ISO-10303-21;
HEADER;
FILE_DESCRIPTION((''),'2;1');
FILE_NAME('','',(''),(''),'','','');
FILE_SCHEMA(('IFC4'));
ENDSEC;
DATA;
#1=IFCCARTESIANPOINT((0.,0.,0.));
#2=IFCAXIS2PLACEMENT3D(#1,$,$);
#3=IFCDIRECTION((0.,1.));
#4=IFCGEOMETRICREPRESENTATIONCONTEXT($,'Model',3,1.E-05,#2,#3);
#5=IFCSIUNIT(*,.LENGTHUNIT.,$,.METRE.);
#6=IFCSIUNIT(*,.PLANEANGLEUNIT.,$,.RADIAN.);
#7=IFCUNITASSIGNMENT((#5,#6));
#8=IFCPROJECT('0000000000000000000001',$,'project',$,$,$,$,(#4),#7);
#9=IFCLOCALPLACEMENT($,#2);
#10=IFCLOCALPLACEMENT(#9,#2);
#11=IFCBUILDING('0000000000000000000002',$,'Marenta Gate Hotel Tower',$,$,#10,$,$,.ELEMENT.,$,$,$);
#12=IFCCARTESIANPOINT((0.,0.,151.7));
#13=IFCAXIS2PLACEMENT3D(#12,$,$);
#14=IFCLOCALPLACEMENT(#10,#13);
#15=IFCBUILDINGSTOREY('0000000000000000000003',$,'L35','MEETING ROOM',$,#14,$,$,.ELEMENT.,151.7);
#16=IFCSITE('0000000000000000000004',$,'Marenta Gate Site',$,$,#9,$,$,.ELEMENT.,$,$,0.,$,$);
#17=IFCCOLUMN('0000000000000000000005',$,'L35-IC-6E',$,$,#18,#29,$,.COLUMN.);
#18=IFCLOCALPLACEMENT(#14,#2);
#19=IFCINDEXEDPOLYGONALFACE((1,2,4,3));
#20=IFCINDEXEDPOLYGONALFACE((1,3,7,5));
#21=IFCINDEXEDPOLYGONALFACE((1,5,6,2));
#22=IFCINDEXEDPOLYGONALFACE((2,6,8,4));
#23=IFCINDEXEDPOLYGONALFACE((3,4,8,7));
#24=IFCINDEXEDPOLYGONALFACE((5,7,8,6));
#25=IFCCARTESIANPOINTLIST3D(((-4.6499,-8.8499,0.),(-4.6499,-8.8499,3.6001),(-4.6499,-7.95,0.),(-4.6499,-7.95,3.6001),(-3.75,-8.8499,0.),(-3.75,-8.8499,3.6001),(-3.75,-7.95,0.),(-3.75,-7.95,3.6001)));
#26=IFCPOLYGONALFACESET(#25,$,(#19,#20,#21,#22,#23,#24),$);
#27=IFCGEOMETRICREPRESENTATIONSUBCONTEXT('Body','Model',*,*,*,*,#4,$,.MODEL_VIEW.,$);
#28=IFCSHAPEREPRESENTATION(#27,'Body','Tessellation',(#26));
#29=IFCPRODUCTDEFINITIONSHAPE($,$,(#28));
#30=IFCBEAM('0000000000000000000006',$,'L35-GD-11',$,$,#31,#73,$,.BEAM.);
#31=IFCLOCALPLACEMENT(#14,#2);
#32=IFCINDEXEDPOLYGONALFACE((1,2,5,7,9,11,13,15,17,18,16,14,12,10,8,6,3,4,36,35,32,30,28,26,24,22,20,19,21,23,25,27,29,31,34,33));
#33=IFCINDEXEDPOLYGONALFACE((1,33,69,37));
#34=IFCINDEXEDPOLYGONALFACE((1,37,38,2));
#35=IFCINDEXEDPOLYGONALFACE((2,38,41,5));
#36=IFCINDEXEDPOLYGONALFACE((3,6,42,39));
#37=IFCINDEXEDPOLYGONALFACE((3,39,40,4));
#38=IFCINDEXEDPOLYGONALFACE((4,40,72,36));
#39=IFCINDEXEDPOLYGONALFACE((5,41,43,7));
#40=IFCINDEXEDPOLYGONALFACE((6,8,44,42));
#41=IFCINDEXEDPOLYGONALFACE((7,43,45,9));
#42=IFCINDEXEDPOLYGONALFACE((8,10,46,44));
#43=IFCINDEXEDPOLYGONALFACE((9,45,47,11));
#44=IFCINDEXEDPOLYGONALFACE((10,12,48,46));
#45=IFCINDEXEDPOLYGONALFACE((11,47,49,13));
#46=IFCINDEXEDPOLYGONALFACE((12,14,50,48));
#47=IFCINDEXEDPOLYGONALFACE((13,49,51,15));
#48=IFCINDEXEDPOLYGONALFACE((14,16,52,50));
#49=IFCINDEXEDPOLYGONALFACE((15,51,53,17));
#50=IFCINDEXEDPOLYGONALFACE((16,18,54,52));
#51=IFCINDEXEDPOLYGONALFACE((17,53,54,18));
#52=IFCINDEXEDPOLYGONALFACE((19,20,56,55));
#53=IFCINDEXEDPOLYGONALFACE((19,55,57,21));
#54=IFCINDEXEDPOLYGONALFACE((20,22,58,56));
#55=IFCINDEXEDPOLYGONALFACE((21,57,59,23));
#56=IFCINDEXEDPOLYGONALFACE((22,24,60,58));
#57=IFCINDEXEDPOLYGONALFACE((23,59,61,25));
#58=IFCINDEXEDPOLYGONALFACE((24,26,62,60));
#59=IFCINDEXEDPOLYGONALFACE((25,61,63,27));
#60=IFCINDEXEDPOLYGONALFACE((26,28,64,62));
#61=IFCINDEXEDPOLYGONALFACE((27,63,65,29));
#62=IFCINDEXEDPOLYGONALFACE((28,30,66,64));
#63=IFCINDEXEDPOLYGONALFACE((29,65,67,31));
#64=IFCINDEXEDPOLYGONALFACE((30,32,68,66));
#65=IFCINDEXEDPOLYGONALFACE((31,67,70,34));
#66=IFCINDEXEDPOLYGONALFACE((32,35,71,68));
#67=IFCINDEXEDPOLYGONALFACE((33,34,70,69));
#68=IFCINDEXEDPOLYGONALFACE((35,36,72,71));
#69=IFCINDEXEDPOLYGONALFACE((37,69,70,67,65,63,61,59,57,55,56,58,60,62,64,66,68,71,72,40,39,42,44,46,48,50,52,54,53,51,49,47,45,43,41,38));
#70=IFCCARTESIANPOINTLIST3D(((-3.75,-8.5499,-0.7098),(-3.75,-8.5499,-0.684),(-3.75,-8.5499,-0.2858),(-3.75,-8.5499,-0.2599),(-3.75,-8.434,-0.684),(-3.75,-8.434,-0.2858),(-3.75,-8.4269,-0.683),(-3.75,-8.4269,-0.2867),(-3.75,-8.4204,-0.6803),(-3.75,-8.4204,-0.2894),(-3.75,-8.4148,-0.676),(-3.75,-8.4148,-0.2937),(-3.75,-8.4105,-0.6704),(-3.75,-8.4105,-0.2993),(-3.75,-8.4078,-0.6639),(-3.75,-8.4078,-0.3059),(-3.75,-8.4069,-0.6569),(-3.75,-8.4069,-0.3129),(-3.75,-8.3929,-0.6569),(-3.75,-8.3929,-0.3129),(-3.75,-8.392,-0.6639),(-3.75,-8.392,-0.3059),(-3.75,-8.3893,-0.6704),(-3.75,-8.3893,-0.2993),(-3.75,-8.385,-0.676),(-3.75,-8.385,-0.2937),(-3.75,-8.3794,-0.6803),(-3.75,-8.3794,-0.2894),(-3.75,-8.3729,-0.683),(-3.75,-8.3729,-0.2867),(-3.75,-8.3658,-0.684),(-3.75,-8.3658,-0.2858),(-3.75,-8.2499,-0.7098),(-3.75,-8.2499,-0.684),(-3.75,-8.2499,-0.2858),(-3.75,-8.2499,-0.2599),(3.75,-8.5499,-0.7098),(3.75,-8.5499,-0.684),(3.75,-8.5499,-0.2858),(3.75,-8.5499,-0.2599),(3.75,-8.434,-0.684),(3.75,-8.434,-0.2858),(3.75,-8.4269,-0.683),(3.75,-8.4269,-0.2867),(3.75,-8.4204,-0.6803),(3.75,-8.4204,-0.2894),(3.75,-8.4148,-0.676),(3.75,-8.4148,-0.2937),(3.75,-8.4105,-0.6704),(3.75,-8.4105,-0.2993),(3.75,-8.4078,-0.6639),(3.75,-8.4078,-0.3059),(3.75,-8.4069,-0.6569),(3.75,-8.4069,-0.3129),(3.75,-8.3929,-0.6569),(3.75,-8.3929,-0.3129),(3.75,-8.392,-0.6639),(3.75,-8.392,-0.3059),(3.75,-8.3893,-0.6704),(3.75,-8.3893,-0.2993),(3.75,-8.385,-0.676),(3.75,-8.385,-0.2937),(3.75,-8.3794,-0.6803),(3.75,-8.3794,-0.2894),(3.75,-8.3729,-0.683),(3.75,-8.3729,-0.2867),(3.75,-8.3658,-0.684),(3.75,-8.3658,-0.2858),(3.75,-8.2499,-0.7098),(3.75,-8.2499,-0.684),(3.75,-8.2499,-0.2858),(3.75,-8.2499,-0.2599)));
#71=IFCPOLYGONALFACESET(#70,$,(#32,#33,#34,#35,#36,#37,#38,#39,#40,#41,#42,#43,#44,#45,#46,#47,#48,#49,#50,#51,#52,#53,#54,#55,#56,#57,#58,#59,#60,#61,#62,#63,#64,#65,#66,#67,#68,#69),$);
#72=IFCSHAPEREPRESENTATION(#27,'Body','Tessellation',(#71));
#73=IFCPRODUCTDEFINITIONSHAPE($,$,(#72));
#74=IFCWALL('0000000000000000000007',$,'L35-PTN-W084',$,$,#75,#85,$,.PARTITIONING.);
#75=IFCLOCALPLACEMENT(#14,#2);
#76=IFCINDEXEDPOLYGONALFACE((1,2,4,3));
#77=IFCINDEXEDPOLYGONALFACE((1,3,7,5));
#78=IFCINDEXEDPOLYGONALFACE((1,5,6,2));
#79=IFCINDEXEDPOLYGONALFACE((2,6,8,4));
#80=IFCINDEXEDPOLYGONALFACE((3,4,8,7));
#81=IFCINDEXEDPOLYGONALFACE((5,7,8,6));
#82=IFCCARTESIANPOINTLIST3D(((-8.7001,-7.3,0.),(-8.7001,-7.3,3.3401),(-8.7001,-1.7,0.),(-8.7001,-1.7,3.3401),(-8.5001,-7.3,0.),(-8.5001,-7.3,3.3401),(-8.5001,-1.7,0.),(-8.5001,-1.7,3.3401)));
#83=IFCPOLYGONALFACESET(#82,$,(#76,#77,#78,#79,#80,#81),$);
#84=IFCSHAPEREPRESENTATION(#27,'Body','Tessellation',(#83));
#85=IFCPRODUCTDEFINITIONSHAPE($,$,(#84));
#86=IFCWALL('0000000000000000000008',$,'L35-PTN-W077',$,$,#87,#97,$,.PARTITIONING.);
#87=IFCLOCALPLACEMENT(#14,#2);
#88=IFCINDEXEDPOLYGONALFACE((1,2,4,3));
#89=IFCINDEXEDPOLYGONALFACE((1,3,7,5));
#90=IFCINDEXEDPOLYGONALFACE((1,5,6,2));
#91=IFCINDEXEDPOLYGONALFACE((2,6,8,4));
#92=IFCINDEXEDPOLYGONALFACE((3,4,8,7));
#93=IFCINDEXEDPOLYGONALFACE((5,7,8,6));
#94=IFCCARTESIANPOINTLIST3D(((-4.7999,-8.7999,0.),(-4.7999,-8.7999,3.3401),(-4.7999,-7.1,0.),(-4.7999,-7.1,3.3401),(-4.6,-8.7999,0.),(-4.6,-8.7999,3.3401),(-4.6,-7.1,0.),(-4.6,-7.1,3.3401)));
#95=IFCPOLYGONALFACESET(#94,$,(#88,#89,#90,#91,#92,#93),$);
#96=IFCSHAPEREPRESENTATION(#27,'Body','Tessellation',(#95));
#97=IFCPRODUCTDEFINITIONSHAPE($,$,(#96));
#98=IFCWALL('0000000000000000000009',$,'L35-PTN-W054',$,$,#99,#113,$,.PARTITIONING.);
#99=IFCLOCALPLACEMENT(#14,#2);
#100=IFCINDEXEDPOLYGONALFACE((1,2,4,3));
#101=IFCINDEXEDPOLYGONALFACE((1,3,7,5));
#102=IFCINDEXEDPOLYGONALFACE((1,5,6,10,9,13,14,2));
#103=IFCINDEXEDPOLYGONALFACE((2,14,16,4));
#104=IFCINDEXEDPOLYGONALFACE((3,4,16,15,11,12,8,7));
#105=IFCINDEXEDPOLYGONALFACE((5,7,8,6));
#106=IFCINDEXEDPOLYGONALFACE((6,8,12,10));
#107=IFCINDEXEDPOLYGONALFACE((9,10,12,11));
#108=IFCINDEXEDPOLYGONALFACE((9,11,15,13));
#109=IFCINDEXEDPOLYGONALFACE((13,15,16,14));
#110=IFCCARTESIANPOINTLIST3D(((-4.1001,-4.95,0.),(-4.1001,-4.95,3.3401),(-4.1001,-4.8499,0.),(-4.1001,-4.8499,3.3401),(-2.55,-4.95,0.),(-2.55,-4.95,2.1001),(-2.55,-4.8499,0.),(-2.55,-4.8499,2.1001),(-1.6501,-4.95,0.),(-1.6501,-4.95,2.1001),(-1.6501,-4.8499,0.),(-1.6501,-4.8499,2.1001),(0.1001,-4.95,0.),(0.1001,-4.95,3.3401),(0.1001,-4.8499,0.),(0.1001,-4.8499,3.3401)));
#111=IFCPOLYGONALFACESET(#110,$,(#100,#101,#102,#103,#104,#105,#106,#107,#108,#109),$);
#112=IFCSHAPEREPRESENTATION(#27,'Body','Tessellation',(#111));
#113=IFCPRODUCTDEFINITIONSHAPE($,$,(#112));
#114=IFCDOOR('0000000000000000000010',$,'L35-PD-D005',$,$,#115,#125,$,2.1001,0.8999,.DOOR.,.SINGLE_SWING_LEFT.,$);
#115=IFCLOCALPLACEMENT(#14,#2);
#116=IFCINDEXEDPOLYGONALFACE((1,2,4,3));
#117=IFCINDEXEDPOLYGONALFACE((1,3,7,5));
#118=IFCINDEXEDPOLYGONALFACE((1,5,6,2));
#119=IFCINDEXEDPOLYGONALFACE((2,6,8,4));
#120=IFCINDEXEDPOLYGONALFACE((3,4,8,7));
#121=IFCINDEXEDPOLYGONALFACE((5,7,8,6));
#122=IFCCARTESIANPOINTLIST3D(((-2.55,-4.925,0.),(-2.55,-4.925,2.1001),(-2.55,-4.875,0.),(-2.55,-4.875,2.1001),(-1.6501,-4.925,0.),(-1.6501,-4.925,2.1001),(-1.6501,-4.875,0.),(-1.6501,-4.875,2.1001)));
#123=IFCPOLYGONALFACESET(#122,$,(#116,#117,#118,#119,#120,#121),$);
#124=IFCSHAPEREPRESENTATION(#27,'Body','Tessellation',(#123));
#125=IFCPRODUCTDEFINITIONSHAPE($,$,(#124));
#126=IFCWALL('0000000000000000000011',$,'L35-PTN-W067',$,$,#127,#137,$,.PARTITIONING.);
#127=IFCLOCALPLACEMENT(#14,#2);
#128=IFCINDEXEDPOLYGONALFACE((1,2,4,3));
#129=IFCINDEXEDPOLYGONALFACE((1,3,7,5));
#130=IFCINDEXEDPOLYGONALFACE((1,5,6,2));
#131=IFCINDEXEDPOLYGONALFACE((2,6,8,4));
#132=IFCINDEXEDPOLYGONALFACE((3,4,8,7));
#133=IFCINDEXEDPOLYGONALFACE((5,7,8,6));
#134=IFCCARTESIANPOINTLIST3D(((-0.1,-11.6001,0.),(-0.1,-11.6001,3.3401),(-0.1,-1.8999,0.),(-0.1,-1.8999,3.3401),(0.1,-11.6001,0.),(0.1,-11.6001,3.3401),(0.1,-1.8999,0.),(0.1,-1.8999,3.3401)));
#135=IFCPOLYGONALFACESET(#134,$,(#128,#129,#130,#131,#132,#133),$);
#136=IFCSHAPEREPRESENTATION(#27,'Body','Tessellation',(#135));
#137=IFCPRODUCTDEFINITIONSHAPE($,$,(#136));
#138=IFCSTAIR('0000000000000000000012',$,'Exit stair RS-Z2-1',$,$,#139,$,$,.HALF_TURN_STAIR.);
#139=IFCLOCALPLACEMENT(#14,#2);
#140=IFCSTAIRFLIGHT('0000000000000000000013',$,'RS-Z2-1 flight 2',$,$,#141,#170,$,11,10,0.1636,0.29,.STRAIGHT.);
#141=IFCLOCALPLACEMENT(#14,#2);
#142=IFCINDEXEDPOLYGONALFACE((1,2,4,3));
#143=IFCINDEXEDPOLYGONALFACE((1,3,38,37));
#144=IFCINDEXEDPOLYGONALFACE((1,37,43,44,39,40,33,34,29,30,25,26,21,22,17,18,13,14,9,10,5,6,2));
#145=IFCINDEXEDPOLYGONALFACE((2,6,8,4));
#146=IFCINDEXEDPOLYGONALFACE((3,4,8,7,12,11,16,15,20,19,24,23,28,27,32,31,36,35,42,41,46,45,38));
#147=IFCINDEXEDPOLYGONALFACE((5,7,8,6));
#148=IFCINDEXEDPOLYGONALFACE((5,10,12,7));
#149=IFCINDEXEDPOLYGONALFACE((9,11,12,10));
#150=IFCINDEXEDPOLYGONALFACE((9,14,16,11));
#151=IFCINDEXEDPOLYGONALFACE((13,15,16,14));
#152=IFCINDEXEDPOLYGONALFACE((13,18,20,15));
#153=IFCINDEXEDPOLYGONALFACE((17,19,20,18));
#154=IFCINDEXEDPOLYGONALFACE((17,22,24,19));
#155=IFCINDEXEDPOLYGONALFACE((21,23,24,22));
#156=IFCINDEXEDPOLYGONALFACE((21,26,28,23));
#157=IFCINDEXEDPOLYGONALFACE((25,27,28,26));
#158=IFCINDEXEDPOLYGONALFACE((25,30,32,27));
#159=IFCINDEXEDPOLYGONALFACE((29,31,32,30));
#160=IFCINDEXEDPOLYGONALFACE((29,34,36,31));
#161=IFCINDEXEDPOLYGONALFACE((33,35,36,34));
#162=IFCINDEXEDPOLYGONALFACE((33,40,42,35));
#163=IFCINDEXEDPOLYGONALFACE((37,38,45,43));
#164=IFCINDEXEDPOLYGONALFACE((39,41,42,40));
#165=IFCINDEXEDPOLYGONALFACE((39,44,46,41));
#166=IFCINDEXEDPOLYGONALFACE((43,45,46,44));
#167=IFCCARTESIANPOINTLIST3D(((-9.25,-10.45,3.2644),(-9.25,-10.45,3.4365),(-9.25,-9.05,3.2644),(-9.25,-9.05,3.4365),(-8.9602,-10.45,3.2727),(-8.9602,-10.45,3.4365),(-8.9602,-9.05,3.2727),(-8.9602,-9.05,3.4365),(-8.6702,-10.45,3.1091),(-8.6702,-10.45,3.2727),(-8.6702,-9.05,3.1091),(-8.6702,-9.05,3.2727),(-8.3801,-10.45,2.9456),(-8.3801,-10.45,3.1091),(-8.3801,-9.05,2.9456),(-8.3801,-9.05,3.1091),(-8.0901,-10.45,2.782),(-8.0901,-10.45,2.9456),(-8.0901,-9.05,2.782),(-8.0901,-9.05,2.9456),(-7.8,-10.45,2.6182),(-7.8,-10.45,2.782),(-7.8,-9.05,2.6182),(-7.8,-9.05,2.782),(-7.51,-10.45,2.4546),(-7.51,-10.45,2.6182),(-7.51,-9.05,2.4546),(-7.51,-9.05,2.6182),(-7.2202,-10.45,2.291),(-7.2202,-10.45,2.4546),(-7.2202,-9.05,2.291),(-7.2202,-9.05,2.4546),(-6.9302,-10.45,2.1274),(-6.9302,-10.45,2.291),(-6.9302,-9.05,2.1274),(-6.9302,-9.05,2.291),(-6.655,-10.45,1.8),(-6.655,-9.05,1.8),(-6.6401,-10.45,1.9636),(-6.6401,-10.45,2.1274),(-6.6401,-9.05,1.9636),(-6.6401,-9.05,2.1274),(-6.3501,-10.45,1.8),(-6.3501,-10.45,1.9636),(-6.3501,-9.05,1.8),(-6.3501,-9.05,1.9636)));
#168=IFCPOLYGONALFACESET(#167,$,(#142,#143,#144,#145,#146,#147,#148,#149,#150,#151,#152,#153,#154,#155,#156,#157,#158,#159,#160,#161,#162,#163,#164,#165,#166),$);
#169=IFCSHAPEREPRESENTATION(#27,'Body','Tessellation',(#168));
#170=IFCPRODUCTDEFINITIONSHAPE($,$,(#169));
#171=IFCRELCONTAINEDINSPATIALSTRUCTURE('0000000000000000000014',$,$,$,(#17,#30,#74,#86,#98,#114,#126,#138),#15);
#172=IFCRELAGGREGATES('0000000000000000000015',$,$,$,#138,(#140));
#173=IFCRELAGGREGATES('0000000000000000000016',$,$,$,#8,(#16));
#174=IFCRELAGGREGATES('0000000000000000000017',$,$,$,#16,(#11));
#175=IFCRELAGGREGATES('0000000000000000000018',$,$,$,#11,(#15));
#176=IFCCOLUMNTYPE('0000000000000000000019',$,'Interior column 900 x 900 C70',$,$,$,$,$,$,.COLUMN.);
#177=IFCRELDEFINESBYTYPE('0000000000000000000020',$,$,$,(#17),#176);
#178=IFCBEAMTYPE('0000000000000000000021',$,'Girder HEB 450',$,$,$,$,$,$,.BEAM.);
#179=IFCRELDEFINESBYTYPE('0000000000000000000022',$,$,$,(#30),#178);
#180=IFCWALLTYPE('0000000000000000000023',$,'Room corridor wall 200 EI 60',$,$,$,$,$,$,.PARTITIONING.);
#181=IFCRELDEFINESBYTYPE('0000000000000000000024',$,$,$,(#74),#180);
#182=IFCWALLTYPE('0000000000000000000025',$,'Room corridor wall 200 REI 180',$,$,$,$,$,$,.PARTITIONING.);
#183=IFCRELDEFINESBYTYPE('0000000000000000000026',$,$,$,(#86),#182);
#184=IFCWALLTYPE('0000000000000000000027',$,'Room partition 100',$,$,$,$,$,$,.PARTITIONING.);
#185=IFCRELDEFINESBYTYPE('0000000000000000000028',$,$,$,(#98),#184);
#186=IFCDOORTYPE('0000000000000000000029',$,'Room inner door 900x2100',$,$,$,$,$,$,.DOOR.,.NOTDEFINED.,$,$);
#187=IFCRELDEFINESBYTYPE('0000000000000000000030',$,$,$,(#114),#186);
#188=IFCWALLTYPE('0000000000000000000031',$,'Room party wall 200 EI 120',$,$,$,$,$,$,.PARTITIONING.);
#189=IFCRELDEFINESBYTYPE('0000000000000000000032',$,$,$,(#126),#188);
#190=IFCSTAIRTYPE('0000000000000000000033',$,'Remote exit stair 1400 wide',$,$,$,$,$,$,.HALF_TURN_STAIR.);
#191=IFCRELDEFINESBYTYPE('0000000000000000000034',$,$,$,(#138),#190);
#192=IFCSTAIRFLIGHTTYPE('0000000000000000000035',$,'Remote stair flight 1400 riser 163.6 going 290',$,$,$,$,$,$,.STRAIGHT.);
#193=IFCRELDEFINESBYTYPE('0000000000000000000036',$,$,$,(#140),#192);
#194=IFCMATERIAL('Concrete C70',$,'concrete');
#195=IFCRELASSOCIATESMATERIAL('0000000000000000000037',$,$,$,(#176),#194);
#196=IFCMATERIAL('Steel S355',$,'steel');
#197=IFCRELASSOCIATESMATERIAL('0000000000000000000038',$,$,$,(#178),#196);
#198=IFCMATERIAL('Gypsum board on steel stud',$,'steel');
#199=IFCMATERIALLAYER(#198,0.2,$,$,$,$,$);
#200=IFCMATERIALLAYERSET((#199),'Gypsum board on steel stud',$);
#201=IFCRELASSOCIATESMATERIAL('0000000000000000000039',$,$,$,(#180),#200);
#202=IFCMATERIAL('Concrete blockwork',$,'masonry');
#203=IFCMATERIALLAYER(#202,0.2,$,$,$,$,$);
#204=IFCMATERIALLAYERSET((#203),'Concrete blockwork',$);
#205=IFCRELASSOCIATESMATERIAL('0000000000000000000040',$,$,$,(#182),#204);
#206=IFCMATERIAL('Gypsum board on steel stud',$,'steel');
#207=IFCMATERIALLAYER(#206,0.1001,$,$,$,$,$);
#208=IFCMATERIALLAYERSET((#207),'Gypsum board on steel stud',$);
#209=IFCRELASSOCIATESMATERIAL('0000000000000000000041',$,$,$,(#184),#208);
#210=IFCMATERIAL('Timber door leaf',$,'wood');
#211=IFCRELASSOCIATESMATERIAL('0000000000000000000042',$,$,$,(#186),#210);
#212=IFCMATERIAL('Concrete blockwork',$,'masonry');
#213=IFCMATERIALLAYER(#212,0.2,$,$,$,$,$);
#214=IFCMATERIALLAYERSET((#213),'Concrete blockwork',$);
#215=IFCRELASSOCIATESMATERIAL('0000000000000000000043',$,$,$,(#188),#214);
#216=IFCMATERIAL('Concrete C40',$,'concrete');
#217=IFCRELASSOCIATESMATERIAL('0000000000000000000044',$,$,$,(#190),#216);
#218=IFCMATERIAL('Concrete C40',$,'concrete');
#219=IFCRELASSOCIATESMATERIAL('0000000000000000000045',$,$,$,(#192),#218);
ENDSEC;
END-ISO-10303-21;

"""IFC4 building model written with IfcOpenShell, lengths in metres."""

from ifc_helpers import new_model, si_unit, direction, frame, frame_2d, origin, origin_2d, place, context, subcontext, project, spatial, polyline, rectangle, i_section, outline, extrude, material, layer, layer_set, material_profile, profile_set, type_object, element, fill, aggregate, save


model = new_model("IFC4")

# Units and contexts
model_context = context("Model", 3, precision=1e-05, world=origin(), true_north=direction((0.0, 1.0)))
body_context = subcontext(model_context, "Body", "Model", "MODEL_VIEW")
ifc_project = project(units=[si_unit("LENGTHUNIT", "METRE"), si_unit("PLANEANGLEUNIT", "RADIAN")], contexts=[model_context])

# Site, building, storey
site_placement = place(None, origin())
site = spatial("IfcSite", under=ifc_project, at=site_placement, Name="Marenta Gate Site", CompositionType="ELEMENT", RefElevation=0.0)
building_placement = place(site_placement, origin())
building = spatial("IfcBuilding", under=site, at=building_placement, Name="Marenta Gate Hotel Tower", CompositionType="ELEMENT")
storey_placement = place(building_placement, frame((0.0, 0.0, 151.7)))
storey = spatial("IfcBuildingStorey", under=building, at=storey_placement, Name="L35", Description="MEETING ROOM", CompositionType="ELEMENT", Elevation=151.7)

# Column
ifc_material_1 = material(Name="Concrete C70", Category="concrete")
ifc_material_profile_1 = material_profile(ifc_material_1, rectangle(XDim=0.8999, YDim=0.8999, at=origin_2d()), Name="900 x 900")
ifc_profile_set_1 = profile_set([ifc_material_profile_1], Name="Concrete C70")
column_type = type_object("IfcColumnType", Name="Interior column 900 x 900 C70", PredefinedType="COLUMN", material=ifc_profile_set_1)
column_placement = place(storey_placement, frame((-4.2, -8.3999, 0.0), z_axis=(0.0, 0.0, 1.0), x_axis=(1.0, 0.0, 0.0)))
element("IfcColumn", 1, at=column_placement, inside=storey, type_object=column_type, Name="L35-IC-6E", PredefinedType="COLUMN", context=body_context, shape_type="SweptSolid", body=[
    extrude(rectangle(XDim=0.8999, YDim=0.8999, at=origin_2d()), origin(), (0.0, 0.0, 1.0), 3.6001),
])

# Beam
ifc_material_2 = material(Name="Steel S355", Category="steel")
ifc_material_profile_2 = material_profile(ifc_material_2, i_section(OverallWidth=0.3, OverallDepth=0.45, WebThickness=0.0139, FlangeThickness=0.0259, FilletRadius=0.0271, at=origin_2d()), Name="HEB 450")
ifc_profile_set_2 = profile_set([ifc_material_profile_2], Name="Steel S355")
beam_type = type_object("IfcBeamType", Name="Girder HEB 450", PredefinedType="BEAM", material=ifc_profile_set_2)
beam_placement = place(storey_placement, frame((-3.75, -8.3999, -0.4849), z_axis=(1.0, 0.0, 0.0), x_axis=(0.0, 1.0, 0.0)))
element("IfcBeam", 2, at=beam_placement, inside=storey, type_object=beam_type, Name="L35-GD-11", PredefinedType="BEAM", context=body_context, shape_type="SweptSolid", body=[
    extrude(i_section(OverallWidth=0.3, OverallDepth=0.45, WebThickness=0.0139, FlangeThickness=0.0259, FilletRadius=0.0271, at=origin_2d()), origin(), (0.0, 0.0, 1.0), 7.5),
])

# Wall
ifc_material_3 = material(Name="Gypsum board on steel stud", Category="steel")
ifc_layer_1 = layer(ifc_material_3, 0.2)
ifc_layer_set_1 = layer_set([ifc_layer_1], Name="Gypsum board on steel stud")
wall_type_1 = type_object("IfcWallType", Name="Room corridor wall 200 EI 60", PredefinedType="PARTITIONING", material=ifc_layer_set_1)
wall_1_placement = place(storey_placement, frame((-8.6001, -7.3, 0.0), z_axis=(0.0, 0.0, 1.0), x_axis=(0.0, 1.0, 0.0)))
element("IfcWall", 3, at=wall_1_placement, inside=storey, type_object=wall_type_1, Name="L35-PTN-W084", PredefinedType="PARTITIONING", context=body_context, shape_type="SweptSolid", body=[
    extrude(rectangle(XDim=5.6001, YDim=0.2, at=frame_2d((2.8, 0.0))), origin(), (0.0, 0.0, 1.0), 3.3401),
])

# Shared definitions
ifc_material_4 = material(Name="Concrete blockwork", Category="masonry")
ifc_layer_2 = layer(ifc_material_4, 0.2)
ifc_layer_set_2 = layer_set([ifc_layer_2], Name="Concrete blockwork")
wall_type_2 = type_object("IfcWallType", Name="Room corridor wall 200 REI 180", PredefinedType="PARTITIONING", material=ifc_layer_set_2)

# Wall
wall_2_placement = place(storey_placement, frame((-4.7, -8.8, 0.0), z_axis=(0.0, 0.0, 1.0), x_axis=(0.0, 1.0, 0.0)))
element("IfcWall", 4, at=wall_2_placement, inside=storey, type_object=wall_type_2, Name="L35-PTN-W077", PredefinedType="PARTITIONING", context=body_context, shape_type="SweptSolid", body=[
    extrude(rectangle(XDim=1.7, YDim=0.2, at=frame_2d((0.8501, 0.0))), origin(), (0.0, 0.0, 1.0), 3.3401),
])

# Wall, opening, door
ifc_material_5 = material(Name="Gypsum board on steel stud", Category="steel")
ifc_layer_3 = layer(ifc_material_5, 0.1001)
ifc_layer_set_3 = layer_set([ifc_layer_3], Name="Gypsum board on steel stud")
wall_type_3 = type_object("IfcWallType", Name="Room partition 100", PredefinedType="PARTITIONING", material=ifc_layer_set_3)
wall_3_placement = place(storey_placement, frame((-4.1001, -4.8999, 0.0), z_axis=(0.0, 0.0, 1.0), x_axis=(1.0, 0.0, 0.0)))
wall_3 = element("IfcWall", 5, at=wall_3_placement, inside=storey, type_object=wall_type_3, Name="L35-PTN-W054", PredefinedType="PARTITIONING", context=body_context, shape_type="SweptSolid", body=[
    extrude(rectangle(XDim=4.2002, YDim=0.1001, at=frame_2d((2.1001, 0.0))), origin(), (0.0, 0.0, 1.0), 3.3401),
])
opening_1_placement = place(wall_3_placement, frame((1.55, 0.0, 0.0)))
opening_1 = element("IfcOpeningElement", 6, at=opening_1_placement, cuts=wall_3, PredefinedType="OPENING", context=body_context, shape_type="SweptSolid", body=[
    extrude(rectangle(XDim=0.8999, YDim=2.1001, at=frame_2d((0.45, 1.05))), frame((0.0, 0.05, 0.0), z_axis=(0.0, -1.0, 0.0), x_axis=(1.0, 0.0, 0.0)), (0.0, 0.0, 1.0), 0.1001),
])
ifc_material_6 = material(Name="Timber door leaf", Category="wood")
door_type_1 = type_object("IfcDoorType", Name="Room inner door 900x2100", OperationType="NOTDEFINED", PredefinedType="DOOR", material=ifc_material_6)
door_1_placement = place(opening_1_placement, origin())
door_1 = element("IfcDoor", 7, at=door_1_placement, inside=storey, type_object=door_type_1, Name="L35-PD-D005", OperationType="SINGLE_SWING_LEFT", OverallHeight=2.1001, OverallWidth=0.8999, PredefinedType="DOOR", context=body_context, shape_type="SweptSolid", body=[
    extrude(rectangle(XDim=0.8999, YDim=2.1001, at=frame_2d((0.45, 1.05))), frame((0.0, 0.0249, 0.0), z_axis=(0.0, -1.0, 0.0), x_axis=(1.0, 0.0, 0.0)), (0.0, 0.0, 1.0), 0.05),
])
fill(opening_1, door_1)

# Wall
ifc_material_7 = material(Name="Concrete blockwork", Category="masonry")
ifc_layer_4 = layer(ifc_material_7, 0.2)
ifc_layer_set_4 = layer_set([ifc_layer_4], Name="Concrete blockwork")
wall_type_4 = type_object("IfcWallType", Name="Room party wall 200 EI 120", PredefinedType="PARTITIONING", material=ifc_layer_set_4)
wall_4_placement = place(storey_placement, frame((0.0, -11.6001, 0.0), z_axis=(0.0, 0.0, 1.0), x_axis=(0.0, 1.0, 0.0)))
element("IfcWall", 8, at=wall_4_placement, inside=storey, type_object=wall_type_4, Name="L35-PTN-W067", PredefinedType="PARTITIONING", context=body_context, shape_type="SweptSolid", body=[
    extrude(rectangle(XDim=9.7002, YDim=0.2, at=frame_2d((4.8501, 0.0))), origin(), (0.0, 0.0, 1.0), 3.3401),
])

# Stair, stair flight
ifc_material_8 = material(Name="Concrete C40", Category="concrete")
stair_type = type_object("IfcStairType", Name="Remote exit stair 1400 wide", PredefinedType="HALF_TURN_STAIR", material=ifc_material_8)
stair_placement = place(storey_placement, origin())
stair = element("IfcStair", 9, at=stair_placement, inside=storey, type_object=stair_type, Name="Exit stair RS-Z2-1", PredefinedType="HALF_TURN_STAIR")
ifc_material_9 = material(Name="Concrete C40", Category="concrete")
stair_flight_type = type_object("IfcStairFlightType", Name="Remote stair flight 1400 riser 163.6 going 290", PredefinedType="STRAIGHT", material=ifc_material_9)
stair_flight_placement = place(storey_placement, frame((-6.3501, -9.75, 1.8), z_axis=(0.0, 0.0, 1.0), x_axis=(-1.0, 0.0, 0.0)))
stair_flight = element("IfcStairFlight", 10, at=stair_flight_placement, type_object=stair_flight_type, Name="RS-Z2-1 flight 2", NumberOfRisers=11, NumberOfTreads=10, PredefinedType="STRAIGHT", RiserHeight=0.1636, TreadLength=0.29, context=body_context, shape_type="SweptSolid", body=[
    extrude(outline(polyline([(0.0, 0.0), (0.0, 0.1636), (0.29, 0.1636), (0.29, 0.3274), (0.5801, 0.3274), (0.5801, 0.491), (0.8701, 0.491), (0.8701, 0.6545), (1.1599, 0.6545), (1.1599, 0.8181), (1.45, 0.8181), (1.45, 0.9819), (1.74, 0.9819), (1.74, 1.1455), (2.03, 1.1455), (2.03, 1.3091), (2.3201, 1.3091), (2.3201, 1.4727), (2.6101, 1.4727), (2.6101, 1.6365), (2.8999, 1.6365), (2.8999, 1.8), (2.8999, 1.4644), (0.3049, 0.0), (0.0, 0.0)])), frame((0.0, 0.7, 0.0), z_axis=(0.0, -1.0, 0.0), x_axis=(1.0, 0.0, 0.0)), (0.0, 0.0, 1.0), 1.3999),
])
aggregate(stair, [stair_flight])

save(model, "model.ifc")
